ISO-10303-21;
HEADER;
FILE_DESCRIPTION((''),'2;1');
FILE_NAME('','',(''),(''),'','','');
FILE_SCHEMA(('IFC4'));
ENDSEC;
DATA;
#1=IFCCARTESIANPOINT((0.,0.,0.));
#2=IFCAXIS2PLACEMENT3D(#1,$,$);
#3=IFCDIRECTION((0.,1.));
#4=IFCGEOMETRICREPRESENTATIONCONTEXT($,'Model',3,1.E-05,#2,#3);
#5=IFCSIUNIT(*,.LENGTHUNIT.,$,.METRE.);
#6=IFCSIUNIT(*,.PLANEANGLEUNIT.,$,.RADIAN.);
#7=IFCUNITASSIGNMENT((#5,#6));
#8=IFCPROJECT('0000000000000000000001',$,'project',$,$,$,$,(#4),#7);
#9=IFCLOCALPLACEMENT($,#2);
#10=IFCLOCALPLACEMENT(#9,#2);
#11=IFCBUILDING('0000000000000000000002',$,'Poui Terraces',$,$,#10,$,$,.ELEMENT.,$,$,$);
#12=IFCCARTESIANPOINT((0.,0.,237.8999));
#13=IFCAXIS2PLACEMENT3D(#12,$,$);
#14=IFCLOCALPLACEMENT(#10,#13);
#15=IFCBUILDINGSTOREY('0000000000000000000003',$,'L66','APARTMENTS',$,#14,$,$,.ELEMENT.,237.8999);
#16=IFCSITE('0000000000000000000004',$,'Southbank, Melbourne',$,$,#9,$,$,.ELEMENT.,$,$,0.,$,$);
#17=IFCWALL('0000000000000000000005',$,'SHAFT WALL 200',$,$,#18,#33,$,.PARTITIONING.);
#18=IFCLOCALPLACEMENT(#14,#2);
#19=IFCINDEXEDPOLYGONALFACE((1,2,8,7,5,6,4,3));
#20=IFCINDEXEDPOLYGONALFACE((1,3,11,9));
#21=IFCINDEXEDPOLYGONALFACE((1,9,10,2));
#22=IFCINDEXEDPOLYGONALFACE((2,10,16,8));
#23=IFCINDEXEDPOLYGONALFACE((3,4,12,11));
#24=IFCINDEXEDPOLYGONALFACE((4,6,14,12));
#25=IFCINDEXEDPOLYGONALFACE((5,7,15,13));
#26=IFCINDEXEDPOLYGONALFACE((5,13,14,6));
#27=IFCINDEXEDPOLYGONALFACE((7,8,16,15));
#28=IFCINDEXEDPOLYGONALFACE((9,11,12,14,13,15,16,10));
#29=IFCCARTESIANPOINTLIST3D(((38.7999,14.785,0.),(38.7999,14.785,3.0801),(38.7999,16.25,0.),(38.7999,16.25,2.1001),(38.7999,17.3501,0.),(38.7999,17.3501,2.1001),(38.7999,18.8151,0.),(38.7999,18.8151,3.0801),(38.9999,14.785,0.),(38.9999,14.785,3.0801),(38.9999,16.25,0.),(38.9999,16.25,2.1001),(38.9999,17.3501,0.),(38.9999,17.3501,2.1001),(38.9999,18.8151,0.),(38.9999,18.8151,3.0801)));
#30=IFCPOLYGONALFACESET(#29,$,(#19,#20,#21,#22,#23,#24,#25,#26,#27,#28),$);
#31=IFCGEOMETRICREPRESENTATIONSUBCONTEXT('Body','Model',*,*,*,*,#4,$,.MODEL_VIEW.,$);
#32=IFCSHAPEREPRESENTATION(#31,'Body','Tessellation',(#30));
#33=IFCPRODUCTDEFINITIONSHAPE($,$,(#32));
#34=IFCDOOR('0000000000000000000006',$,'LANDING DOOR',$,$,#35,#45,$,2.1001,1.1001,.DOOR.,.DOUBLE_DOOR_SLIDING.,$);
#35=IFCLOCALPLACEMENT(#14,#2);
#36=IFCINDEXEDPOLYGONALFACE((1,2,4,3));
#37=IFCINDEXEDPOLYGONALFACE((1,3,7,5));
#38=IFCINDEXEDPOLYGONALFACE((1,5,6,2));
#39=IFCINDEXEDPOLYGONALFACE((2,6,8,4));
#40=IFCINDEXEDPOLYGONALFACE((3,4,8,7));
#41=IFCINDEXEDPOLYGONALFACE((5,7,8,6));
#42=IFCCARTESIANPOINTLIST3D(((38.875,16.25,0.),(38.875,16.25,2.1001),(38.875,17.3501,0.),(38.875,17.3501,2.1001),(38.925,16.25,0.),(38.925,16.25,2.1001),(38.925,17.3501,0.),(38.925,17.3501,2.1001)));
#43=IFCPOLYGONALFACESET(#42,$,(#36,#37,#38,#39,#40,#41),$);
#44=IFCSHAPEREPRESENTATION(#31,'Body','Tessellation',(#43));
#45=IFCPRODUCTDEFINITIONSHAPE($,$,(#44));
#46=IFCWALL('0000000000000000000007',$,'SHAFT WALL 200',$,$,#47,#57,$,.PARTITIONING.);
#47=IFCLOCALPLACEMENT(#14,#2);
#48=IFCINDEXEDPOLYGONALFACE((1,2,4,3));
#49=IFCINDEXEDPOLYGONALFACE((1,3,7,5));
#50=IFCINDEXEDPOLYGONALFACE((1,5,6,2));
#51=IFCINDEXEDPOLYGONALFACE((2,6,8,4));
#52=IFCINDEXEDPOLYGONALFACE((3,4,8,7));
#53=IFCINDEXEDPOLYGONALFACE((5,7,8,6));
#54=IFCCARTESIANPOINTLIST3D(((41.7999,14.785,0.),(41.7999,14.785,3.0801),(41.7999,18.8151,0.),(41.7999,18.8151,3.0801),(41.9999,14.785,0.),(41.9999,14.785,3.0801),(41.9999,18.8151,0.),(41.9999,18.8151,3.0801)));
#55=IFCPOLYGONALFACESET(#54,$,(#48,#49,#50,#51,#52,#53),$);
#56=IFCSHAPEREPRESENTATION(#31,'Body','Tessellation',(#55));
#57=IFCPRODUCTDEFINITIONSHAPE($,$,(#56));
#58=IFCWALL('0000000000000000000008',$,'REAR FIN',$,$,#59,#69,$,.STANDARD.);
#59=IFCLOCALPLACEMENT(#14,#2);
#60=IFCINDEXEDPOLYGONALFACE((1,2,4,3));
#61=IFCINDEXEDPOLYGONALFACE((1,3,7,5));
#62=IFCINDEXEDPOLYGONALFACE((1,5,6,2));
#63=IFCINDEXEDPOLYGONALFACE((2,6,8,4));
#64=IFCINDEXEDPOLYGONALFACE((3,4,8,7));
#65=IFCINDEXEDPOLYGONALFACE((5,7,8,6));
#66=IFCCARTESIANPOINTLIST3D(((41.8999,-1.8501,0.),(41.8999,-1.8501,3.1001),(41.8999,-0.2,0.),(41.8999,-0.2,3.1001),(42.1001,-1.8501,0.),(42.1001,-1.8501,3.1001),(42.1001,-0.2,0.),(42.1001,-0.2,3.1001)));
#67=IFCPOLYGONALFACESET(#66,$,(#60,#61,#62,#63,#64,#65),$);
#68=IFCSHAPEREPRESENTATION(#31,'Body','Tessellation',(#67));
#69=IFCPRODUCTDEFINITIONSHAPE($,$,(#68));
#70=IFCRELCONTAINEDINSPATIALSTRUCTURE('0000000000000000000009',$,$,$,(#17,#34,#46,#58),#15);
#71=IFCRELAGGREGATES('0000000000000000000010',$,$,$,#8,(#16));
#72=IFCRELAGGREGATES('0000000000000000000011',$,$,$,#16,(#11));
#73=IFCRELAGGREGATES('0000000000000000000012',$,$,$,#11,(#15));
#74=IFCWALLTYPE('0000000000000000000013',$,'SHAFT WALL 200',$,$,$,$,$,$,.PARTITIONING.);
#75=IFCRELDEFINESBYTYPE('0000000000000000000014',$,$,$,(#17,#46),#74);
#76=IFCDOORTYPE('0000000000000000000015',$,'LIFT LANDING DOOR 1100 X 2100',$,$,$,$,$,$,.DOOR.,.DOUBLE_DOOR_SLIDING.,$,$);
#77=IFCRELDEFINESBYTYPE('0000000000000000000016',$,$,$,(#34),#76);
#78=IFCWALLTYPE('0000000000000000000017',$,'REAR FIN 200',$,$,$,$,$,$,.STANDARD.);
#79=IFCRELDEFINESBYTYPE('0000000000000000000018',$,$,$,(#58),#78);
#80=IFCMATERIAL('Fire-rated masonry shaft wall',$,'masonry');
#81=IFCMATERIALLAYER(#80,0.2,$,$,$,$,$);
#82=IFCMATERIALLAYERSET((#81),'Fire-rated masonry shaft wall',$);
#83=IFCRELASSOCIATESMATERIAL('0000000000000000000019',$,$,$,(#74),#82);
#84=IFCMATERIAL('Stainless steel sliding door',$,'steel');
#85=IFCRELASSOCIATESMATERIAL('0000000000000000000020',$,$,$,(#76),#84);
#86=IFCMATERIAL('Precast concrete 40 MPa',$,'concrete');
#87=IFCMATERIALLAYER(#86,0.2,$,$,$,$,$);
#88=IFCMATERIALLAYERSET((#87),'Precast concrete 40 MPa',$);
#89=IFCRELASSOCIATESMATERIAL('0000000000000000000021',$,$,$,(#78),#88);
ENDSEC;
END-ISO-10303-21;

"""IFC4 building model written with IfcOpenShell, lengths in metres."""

from ifc_helpers import new_model, si_unit, direction, frame, frame_2d, origin, place, context, subcontext, project, spatial, polyline, rectangle, outline, extrude, source, transform, mapped, material, layer, layer_set, type_object, element, fill, save


model = new_model("IFC4")

# Units and contexts
model_context = context("Model", 3, precision=1e-05, world=origin(), true_north=direction((0.0, 1.0)))
body_context = subcontext(model_context, "Body", "Model", "MODEL_VIEW")
ifc_project = project(units=[si_unit("LENGTHUNIT", "METRE"), si_unit("PLANEANGLEUNIT", "RADIAN")], contexts=[model_context])

# Site, building, storey
site_placement = place(None, origin())
site = spatial("IfcSite", under=ifc_project, at=site_placement, Name="Southbank, Melbourne", CompositionType="ELEMENT", RefElevation=0.0)
building_placement = place(site_placement, origin())
building = spatial("IfcBuilding", under=site, at=building_placement, Name="Poui Terraces", CompositionType="ELEMENT")
storey_placement = place(building_placement, frame((0.0, 0.0, 237.8999)))
storey = spatial("IfcBuildingStorey", under=building, at=storey_placement, Name="L66", Description="APARTMENTS", CompositionType="ELEMENT", Elevation=237.8999)

# Wall, opening, door
ifc_material_1 = material(Name="Fire-rated masonry shaft wall", Category="masonry")
ifc_layer_1 = layer(ifc_material_1, 0.2)
ifc_layer_set_1 = layer_set([ifc_layer_1], Name="Fire-rated masonry shaft wall")
wall_type_1 = type_object("IfcWallType", Name="SHAFT WALL 200", PredefinedType="PARTITIONING", material=ifc_layer_set_1)
wall_1_placement = place(storey_placement, frame((38.8999, 14.7849, 0.0), z_axis=(0.0, 0.0, 1.0), x_axis=(0.0, 1.0, 0.0)))
wall_1 = element("IfcWall", 1, at=wall_1_placement, inside=storey, type_object=wall_type_1, Name="SHAFT WALL 200", PredefinedType="PARTITIONING", context=body_context, shape_type="SweptSolid", body=[
    extrude(rectangle(XDim=4.03, YDim=0.2, at=frame_2d((2.0151, 0.0))), origin(), (0.0, 0.0, 1.0), 3.0801),
])
opening_1_placement = place(wall_1_placement, frame((1.4651, 0.0, 0.0)))
opening_1 = element("IfcOpeningElement", 2, at=opening_1_placement, cuts=wall_1, PredefinedType="OPENING", context=body_context, shape_type="SweptSolid", body=[
    extrude(rectangle(XDim=1.1001, YDim=2.1001, at=frame_2d((0.55, 1.05))), frame((0.0, 0.1099, 0.0), z_axis=(0.0, -1.0, 0.0), x_axis=(1.0, 0.0, 0.0)), (0.0, 0.0, 1.0), 0.22),
])
ifc_material_2 = material(Name="Stainless steel sliding door", Category="steel")
door_type_1 = type_object("IfcDoorType", Name="LIFT LANDING DOOR 1100 X 2100", OperationType="DOUBLE_DOOR_SLIDING", PredefinedType="DOOR", material=ifc_material_2)
door_1_placement = place(opening_1_placement, origin())
door_1 = element("IfcDoor", 3, at=door_1_placement, inside=storey, type_object=door_type_1, Name="LANDING DOOR", OperationType="DOUBLE_DOOR_SLIDING", OverallHeight=2.1001, OverallWidth=1.1001, PredefinedType="DOOR", context=body_context, shape_type="SweptSolid", body=[
    extrude(rectangle(XDim=1.1001, YDim=2.1001, at=frame_2d((0.55, 1.05))), frame((0.0, 0.0249, 0.0), z_axis=(0.0, -1.0, 0.0), x_axis=(1.0, 0.0, 0.0)), (0.0, 0.0, 1.0), 0.05),
])
fill(opening_1, door_1)

# Walls
wall_2_placement = place(storey_placement, frame((41.8999, 14.7849, 0.0), z_axis=(0.0, 0.0, 1.0), x_axis=(0.0, 1.0, 0.0)))
element("IfcWall", 4, at=wall_2_placement, inside=storey, type_object=wall_type_1, Name="SHAFT WALL 200", PredefinedType="PARTITIONING", context=body_context, shape_type="SweptSolid", body=[
    extrude(rectangle(XDim=4.03, YDim=0.2, at=frame_2d((2.0151, 0.0))), origin(), (0.0, 0.0, 1.0), 3.0801),
])
ifc_material_3 = material(Name="Precast concrete 40 MPa", Category="concrete")
ifc_layer_2 = layer(ifc_material_3, 0.2)
ifc_layer_set_2 = layer_set([ifc_layer_2], Name="Precast concrete 40 MPa")
wall_type_2 = type_object("IfcWallType", Name="REAR FIN 200", PredefinedType="STANDARD", material=ifc_layer_set_2)
shared_shape_1 = source(origin(), body_context, "Body", "SweptSolid", [
    extrude(outline(polyline([(0.0, 0.0), (0.2002, 0.0), (0.2002, 1.6501), (0.0, 1.6501), (0.0, 0.0)])), origin(), (0.0, 0.0, 1.0), 3.1001),
])
wall_3_placement = place(storey_placement, frame((41.8999, -1.8501, 0.0)))
element("IfcWall", 5, at=wall_3_placement, inside=storey, type_object=wall_type_2, Name="REAR FIN", PredefinedType="STANDARD", context=body_context, shape_type="MappedRepresentation", body=[
    mapped(shared_shape_1, transform((0.0, 0.0, 0.0))),
])

save(model, "model.ifc")
